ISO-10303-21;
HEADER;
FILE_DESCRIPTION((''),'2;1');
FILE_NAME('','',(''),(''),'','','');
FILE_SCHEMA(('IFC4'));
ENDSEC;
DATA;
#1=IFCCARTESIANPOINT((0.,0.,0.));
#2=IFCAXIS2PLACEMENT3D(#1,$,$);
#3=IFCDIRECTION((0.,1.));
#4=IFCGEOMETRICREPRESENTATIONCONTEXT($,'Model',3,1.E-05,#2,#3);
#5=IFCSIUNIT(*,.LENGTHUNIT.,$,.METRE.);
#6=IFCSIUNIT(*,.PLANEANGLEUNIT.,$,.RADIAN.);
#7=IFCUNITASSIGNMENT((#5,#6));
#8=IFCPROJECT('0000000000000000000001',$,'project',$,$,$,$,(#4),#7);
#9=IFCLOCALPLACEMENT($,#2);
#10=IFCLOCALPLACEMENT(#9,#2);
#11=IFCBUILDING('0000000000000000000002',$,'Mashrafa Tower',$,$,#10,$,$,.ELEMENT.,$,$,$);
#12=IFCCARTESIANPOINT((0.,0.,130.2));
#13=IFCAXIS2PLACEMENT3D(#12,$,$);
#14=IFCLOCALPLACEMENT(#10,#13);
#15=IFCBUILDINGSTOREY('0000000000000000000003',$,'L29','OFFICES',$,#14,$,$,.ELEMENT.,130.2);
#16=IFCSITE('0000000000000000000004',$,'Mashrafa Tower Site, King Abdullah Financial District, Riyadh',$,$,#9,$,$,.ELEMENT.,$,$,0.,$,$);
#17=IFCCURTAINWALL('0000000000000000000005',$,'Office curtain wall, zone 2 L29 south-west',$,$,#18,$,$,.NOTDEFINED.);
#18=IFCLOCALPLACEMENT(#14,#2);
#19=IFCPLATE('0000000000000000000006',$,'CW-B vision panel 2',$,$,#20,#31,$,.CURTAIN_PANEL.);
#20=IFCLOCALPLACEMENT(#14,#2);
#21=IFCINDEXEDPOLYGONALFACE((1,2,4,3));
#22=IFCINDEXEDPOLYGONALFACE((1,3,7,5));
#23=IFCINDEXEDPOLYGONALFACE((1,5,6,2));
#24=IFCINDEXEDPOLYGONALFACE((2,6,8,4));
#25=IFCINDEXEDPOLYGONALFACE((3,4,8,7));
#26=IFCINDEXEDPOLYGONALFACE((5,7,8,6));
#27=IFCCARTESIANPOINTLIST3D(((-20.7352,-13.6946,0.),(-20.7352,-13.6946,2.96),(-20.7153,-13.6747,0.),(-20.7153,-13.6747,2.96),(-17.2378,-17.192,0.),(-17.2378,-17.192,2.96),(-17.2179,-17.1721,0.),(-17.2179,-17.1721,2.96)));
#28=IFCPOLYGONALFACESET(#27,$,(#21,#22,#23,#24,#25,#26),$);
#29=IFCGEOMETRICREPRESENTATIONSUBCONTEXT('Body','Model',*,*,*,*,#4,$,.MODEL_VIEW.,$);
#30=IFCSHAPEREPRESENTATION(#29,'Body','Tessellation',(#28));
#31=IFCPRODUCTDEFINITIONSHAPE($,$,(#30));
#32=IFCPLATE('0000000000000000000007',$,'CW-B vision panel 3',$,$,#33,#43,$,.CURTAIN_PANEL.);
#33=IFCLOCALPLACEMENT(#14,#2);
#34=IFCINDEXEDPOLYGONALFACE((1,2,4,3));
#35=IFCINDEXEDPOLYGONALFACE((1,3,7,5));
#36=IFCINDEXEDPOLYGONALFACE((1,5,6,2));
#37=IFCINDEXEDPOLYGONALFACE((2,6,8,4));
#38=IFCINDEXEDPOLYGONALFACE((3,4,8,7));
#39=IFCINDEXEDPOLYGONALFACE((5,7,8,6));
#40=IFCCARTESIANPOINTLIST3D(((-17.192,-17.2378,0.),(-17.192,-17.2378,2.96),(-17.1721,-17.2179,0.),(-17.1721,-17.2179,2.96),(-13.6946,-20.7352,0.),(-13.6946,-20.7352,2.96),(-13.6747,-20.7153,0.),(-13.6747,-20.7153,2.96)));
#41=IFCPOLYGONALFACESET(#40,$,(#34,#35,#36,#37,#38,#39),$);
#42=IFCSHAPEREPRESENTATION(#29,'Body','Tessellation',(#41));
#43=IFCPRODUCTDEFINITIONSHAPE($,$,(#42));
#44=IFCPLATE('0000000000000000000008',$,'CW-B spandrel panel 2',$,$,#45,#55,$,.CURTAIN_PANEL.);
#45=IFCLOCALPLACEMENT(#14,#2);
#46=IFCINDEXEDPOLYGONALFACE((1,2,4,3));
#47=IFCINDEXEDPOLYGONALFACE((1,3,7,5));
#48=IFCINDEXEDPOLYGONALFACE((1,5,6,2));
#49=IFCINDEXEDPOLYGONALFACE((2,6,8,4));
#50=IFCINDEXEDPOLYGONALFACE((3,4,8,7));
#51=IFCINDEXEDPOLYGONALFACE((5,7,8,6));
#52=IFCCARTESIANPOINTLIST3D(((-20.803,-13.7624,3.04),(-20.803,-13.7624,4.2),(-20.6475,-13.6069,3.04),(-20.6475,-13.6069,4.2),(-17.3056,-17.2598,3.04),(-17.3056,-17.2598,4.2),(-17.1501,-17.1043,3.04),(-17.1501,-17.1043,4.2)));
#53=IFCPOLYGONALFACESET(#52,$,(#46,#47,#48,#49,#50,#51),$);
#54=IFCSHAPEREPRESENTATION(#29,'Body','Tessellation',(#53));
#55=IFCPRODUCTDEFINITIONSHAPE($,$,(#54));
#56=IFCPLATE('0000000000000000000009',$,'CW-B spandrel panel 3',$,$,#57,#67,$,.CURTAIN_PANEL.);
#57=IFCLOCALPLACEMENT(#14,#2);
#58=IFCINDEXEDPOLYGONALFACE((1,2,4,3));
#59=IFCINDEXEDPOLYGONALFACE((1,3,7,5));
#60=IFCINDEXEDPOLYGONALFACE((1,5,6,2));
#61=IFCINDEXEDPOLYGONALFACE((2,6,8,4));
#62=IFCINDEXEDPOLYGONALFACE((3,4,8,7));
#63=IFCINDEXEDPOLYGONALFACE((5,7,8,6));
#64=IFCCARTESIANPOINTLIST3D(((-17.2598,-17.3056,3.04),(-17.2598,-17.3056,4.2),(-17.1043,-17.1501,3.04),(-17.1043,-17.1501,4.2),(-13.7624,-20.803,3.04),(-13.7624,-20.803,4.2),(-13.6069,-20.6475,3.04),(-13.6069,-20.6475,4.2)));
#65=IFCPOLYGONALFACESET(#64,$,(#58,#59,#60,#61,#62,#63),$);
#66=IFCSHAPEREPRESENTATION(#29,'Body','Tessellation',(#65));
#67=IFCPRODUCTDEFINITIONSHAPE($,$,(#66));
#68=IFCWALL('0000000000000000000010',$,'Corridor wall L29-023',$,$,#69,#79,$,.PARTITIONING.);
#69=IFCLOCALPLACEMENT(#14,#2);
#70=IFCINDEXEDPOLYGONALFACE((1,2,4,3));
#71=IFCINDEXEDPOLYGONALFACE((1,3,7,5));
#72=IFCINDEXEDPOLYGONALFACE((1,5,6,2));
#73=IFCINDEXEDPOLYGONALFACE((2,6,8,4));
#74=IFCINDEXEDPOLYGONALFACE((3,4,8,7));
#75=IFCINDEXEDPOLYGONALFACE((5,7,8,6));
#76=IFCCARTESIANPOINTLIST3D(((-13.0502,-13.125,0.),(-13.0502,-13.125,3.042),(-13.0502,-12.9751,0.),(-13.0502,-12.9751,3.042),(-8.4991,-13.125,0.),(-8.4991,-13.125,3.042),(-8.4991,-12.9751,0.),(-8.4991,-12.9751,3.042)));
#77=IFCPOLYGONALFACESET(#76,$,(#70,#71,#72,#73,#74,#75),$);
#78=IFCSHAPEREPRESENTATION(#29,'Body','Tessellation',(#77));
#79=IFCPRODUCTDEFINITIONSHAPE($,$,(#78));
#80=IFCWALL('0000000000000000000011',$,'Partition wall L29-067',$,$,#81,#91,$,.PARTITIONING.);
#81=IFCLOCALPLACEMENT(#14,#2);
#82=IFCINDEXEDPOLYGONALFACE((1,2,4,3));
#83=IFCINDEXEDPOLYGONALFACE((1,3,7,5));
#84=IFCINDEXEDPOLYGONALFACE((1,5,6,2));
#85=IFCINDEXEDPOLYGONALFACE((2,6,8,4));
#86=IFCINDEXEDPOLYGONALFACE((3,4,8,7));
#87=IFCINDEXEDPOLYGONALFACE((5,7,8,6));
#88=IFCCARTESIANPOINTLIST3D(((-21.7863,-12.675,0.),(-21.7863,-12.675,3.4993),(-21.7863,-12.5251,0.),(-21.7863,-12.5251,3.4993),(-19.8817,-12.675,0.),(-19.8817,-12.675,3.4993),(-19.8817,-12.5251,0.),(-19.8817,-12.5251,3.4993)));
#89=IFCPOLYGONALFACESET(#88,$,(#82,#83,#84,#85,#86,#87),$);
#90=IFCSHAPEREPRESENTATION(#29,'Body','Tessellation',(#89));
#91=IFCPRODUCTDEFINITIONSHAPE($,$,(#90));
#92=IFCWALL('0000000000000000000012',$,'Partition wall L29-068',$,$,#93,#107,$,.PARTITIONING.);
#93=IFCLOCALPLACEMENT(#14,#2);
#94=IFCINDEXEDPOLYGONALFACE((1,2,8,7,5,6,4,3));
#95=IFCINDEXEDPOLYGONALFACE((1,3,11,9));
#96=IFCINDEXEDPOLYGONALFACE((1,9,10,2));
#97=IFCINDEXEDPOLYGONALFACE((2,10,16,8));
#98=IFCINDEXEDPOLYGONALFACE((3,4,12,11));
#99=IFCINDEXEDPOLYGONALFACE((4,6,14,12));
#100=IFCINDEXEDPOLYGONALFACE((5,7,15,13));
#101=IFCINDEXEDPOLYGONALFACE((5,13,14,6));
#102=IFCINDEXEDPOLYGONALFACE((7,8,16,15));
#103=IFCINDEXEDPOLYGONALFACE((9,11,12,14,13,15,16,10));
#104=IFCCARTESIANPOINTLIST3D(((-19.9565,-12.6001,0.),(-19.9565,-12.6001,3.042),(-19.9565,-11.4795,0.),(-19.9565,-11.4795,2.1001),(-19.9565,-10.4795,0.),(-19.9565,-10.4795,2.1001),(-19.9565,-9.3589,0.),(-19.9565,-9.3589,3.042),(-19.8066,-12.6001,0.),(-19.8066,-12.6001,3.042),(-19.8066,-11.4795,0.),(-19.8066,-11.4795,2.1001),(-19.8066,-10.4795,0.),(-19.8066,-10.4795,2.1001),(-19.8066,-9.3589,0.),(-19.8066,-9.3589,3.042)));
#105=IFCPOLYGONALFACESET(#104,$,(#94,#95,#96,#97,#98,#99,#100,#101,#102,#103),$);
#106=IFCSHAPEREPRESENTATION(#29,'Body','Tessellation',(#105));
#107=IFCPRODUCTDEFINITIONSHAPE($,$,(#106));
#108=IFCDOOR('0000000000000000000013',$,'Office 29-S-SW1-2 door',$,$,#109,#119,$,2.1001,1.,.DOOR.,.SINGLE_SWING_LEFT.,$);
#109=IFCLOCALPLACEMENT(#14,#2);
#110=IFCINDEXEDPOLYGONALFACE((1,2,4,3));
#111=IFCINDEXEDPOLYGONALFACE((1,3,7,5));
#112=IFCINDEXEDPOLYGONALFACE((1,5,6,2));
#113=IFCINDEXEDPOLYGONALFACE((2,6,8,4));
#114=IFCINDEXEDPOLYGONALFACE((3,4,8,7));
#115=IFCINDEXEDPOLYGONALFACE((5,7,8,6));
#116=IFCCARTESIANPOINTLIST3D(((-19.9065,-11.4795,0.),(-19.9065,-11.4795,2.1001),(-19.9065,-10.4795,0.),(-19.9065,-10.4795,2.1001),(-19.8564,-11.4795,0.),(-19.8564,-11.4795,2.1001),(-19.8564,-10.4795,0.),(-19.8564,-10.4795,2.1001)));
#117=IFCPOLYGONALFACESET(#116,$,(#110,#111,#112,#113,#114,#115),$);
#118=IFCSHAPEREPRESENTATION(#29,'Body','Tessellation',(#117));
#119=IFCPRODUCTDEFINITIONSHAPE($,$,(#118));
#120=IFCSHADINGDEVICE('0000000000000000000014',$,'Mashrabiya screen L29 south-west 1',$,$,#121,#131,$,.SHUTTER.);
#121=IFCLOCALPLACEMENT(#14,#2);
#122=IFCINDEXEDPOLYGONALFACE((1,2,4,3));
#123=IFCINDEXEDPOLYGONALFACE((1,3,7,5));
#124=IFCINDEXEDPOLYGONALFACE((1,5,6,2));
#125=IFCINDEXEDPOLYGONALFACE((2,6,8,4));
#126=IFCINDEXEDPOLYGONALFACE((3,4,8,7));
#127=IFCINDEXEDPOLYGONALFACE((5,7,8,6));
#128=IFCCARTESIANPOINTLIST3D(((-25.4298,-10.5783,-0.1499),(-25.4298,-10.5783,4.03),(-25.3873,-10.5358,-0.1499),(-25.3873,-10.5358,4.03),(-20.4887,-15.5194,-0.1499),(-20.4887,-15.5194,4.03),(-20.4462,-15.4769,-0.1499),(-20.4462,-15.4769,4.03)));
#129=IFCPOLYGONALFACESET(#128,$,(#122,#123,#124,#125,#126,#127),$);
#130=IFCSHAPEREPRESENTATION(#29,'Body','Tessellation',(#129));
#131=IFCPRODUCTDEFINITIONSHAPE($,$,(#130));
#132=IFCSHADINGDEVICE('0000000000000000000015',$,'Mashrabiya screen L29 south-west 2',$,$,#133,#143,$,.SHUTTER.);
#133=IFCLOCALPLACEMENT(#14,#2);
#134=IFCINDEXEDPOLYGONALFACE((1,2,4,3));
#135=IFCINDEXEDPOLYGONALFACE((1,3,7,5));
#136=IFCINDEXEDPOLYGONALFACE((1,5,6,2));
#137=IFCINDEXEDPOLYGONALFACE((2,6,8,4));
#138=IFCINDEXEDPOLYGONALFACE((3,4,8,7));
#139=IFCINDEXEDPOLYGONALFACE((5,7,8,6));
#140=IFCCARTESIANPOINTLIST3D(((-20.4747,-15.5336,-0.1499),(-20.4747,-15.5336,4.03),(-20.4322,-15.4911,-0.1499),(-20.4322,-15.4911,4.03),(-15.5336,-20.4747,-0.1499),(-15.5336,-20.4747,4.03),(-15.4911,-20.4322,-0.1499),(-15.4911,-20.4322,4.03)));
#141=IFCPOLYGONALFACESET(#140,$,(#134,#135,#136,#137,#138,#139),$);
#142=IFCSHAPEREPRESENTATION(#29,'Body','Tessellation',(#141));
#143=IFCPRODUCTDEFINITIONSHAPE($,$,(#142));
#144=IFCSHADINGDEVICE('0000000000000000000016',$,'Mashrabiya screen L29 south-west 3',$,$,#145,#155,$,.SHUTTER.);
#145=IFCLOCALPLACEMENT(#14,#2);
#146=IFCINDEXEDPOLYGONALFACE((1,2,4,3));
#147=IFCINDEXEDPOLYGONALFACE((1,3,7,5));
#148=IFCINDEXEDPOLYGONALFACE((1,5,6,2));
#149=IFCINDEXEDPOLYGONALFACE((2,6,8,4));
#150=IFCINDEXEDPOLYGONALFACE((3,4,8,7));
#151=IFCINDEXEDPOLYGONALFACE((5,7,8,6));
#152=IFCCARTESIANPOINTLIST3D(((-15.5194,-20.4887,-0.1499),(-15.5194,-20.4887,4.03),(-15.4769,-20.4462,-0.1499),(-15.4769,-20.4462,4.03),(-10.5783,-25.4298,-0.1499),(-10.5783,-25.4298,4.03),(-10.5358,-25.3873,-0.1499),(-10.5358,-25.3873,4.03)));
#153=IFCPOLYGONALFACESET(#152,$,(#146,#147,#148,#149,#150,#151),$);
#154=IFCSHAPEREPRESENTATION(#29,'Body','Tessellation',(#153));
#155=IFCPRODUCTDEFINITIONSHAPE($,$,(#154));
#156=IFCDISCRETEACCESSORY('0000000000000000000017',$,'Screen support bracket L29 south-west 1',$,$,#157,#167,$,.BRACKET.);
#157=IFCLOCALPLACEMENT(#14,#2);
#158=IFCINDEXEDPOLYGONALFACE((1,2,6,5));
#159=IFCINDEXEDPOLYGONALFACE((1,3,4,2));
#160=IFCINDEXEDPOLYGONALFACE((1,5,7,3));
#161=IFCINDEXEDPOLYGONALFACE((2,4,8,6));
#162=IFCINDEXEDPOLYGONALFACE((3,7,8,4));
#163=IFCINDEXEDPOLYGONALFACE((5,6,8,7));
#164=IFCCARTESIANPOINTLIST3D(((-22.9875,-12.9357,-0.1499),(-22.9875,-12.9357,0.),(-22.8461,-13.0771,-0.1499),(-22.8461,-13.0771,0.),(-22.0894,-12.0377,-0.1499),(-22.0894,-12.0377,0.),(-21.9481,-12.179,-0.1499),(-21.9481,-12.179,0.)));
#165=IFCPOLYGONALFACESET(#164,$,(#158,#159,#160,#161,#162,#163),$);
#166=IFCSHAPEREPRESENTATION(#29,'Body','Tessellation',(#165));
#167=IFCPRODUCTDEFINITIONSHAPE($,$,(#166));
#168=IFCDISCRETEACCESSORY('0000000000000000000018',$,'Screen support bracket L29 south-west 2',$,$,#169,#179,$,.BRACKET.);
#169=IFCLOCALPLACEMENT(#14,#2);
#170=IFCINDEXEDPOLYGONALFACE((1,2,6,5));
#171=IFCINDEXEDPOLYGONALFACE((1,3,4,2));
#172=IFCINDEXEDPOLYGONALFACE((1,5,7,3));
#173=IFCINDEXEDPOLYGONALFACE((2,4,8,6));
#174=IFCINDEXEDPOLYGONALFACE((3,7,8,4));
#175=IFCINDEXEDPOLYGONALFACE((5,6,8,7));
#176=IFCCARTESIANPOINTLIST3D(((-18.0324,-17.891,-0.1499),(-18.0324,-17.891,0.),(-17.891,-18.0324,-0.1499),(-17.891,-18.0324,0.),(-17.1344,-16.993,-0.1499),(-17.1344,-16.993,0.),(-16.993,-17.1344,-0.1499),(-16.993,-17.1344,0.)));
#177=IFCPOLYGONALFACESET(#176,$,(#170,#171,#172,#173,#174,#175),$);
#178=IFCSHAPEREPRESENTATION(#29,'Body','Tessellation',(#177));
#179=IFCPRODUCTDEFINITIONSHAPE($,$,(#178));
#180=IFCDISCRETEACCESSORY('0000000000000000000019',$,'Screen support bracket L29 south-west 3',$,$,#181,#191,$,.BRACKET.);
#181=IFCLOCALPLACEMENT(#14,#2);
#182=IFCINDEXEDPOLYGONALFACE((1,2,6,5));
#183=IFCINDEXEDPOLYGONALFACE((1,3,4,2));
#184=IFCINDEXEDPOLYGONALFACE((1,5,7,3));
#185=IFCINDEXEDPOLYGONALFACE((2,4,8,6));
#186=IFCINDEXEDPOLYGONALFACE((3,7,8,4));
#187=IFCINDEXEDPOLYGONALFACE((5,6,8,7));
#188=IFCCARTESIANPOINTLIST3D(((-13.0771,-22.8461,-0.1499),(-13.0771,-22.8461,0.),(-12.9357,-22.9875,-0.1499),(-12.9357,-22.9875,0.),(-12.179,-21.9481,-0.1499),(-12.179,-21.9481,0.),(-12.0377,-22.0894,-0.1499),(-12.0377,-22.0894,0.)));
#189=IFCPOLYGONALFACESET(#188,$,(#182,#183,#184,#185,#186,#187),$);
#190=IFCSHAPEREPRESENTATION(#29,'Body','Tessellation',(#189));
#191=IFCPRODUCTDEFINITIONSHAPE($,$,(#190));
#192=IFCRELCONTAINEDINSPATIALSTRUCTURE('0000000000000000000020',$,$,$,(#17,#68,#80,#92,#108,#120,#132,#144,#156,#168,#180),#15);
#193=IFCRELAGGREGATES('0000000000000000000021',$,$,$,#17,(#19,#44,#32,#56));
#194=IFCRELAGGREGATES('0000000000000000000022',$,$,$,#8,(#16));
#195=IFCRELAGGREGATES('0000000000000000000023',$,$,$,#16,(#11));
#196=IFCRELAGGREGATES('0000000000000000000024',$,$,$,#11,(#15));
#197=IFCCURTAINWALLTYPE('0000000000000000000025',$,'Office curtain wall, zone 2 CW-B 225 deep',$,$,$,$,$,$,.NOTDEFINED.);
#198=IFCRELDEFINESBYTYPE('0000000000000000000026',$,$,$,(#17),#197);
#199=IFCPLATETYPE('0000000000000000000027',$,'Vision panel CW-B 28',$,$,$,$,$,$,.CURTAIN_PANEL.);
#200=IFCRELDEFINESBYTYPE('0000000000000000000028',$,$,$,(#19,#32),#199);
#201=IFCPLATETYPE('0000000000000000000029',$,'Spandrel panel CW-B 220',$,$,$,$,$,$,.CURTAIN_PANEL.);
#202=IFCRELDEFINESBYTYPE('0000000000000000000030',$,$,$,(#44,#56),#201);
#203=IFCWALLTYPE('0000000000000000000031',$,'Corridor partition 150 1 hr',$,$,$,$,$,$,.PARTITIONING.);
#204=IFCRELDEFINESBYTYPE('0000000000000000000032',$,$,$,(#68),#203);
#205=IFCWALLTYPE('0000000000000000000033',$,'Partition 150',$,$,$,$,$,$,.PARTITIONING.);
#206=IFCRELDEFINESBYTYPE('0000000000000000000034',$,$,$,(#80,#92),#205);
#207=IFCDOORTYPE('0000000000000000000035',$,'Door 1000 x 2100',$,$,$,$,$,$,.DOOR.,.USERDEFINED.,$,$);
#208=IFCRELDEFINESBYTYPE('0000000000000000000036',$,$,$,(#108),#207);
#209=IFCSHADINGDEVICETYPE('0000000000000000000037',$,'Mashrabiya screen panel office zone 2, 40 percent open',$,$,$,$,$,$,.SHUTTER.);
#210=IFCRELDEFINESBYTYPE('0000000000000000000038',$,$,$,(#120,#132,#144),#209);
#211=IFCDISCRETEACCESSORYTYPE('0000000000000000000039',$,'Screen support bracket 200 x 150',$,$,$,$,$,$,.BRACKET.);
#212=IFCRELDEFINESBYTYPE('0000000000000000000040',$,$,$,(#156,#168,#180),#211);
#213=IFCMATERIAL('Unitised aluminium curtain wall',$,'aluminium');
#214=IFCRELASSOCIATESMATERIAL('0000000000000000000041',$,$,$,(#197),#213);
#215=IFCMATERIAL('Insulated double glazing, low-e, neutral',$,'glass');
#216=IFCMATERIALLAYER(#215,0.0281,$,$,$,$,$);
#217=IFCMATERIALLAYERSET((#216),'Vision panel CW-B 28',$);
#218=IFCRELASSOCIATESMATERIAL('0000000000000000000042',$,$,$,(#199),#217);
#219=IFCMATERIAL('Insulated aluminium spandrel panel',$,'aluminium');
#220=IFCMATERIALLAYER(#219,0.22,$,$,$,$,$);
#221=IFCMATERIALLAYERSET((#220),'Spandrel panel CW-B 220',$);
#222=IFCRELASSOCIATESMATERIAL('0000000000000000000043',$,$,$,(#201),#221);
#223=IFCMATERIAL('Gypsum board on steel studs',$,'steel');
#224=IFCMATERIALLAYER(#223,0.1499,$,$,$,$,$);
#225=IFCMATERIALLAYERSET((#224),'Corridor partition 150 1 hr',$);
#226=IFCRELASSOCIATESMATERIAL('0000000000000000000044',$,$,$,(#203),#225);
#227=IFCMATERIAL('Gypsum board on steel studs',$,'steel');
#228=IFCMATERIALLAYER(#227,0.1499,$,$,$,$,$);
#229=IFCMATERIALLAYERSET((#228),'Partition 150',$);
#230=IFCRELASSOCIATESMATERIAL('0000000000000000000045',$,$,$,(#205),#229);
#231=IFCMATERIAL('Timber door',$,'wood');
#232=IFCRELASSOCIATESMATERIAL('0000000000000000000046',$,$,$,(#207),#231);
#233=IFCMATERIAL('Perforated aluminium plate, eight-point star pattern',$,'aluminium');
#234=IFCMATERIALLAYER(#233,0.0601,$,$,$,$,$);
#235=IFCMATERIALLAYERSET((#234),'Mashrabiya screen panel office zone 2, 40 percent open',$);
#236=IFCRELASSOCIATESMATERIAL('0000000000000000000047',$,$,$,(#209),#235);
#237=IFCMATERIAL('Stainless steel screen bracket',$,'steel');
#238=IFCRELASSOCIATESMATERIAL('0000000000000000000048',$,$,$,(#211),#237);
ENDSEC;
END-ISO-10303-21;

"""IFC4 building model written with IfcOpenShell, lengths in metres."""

from ifc_helpers import new_model, si_unit, direction, frame, frame_2d, origin, origin_2d, place, context, subcontext, project, spatial, rectangle, extrude, source, transform, mapped, material, layer, layer_set, type_object, type_shapes, element, fill, aggregate, save


model = new_model("IFC4")

# Units and contexts
model_context = context("Model", 3, precision=1e-05, world=origin(), true_north=direction((0.0, 1.0)))
body_context = subcontext(model_context, "Body", "Model", "MODEL_VIEW")
ifc_project = project(units=[si_unit("LENGTHUNIT", "METRE"), si_unit("PLANEANGLEUNIT", "RADIAN")], contexts=[model_context])

# Site, building, storey
site_placement = place(None, origin())
site = spatial("IfcSite", under=ifc_project, at=site_placement, Name="Mashrafa Tower Site, King Abdullah Financial District, Riyadh", CompositionType="ELEMENT", RefElevation=0.0)
building_placement = place(site_placement, origin())
building = spatial("IfcBuilding", under=site, at=building_placement, Name="Mashrafa Tower", CompositionType="ELEMENT")
storey_placement = place(building_placement, frame((0.0, 0.0, 130.2)))
storey = spatial("IfcBuildingStorey", under=building, at=storey_placement, Name="L29", Description="OFFICES", CompositionType="ELEMENT", Elevation=130.2)

# Curtain wall, plates
ifc_material_1 = material(Name="Unitised aluminium curtain wall", Category="aluminium")
curtain_wall_type = type_object("IfcCurtainWallType", Name="Office curtain wall, zone 2 CW-B 225 deep", PredefinedType="NOTDEFINED", material=ifc_material_1)
curtain_wall_placement = place(storey_placement, origin())
curtain_wall = element("IfcCurtainWall", 1, at=curtain_wall_placement, inside=storey, type_object=curtain_wall_type, Name="Office curtain wall, zone 2 L29 south-west", PredefinedType="NOTDEFINED")
ifc_material_2 = material(Name="Insulated double glazing, low-e, neutral", Category="glass")
ifc_layer_1 = layer(ifc_material_2, 0.0281)
ifc_layer_set_1 = layer_set([ifc_layer_1], Name="Vision panel CW-B 28")
plate_type_1 = type_object("IfcPlateType", Name="Vision panel CW-B 28", PredefinedType="CURTAIN_PANEL", material=ifc_layer_set_1)
ifc_material_3 = material(Name="Insulated aluminium spandrel panel", Category="aluminium")
ifc_layer_2 = layer(ifc_material_3, 0.22)
ifc_layer_set_2 = layer_set([ifc_layer_2], Name="Spandrel panel CW-B 220")
plate_type_2 = type_object("IfcPlateType", Name="Spandrel panel CW-B 220", PredefinedType="CURTAIN_PANEL", material=ifc_layer_set_2)
shared_shape_1 = source(origin(), body_context, "Body", "SweptSolid", [
    extrude(rectangle(XDim=4.946, YDim=0.0281, at=origin_2d()), origin(), (0.0, 0.0, 1.0), 2.96),
])
plate_1_placement = place(storey_placement, frame((-18.9766, -15.4333, 0.0), z_axis=(0.0, 0.0, 1.0), x_axis=(0.707107, -0.707107, 0.0)))
plate_1 = element("IfcPlate", 2, at=plate_1_placement, type_object=plate_type_1, Name="CW-B vision panel 2", PredefinedType="CURTAIN_PANEL", context=body_context, shape_type="MappedRepresentation", body=[
    mapped(shared_shape_1, transform((0.0, 0.0, 0.0))),
])
plate_2_placement = place(storey_placement, frame((-15.4333, -18.9766, 0.0), z_axis=(0.0, 0.0, 1.0), x_axis=(0.707107, -0.707107, 0.0)))
plate_2 = element("IfcPlate", 3, at=plate_2_placement, type_object=plate_type_1, Name="CW-B vision panel 3", PredefinedType="CURTAIN_PANEL", context=body_context, shape_type="MappedRepresentation", body=[
    mapped(shared_shape_1, transform((0.0, 0.0, 0.0))),
])
shared_shape_2 = source(origin(), body_context, "Body", "SweptSolid", [
    extrude(rectangle(XDim=4.946, YDim=0.22, at=origin_2d()), origin(), (0.0, 0.0, 1.0), 1.1599),
])
plate_3_placement = place(storey_placement, frame((-18.9766, -15.4333, 3.04), z_axis=(0.0, 0.0, 1.0), x_axis=(0.707107, -0.707107, 0.0)))
plate_3 = element("IfcPlate", 4, at=plate_3_placement, type_object=plate_type_2, Name="CW-B spandrel panel 2", PredefinedType="CURTAIN_PANEL", context=body_context, shape_type="MappedRepresentation", body=[
    mapped(shared_shape_2, transform((0.0, 0.0, 0.0))),
])
plate_4_placement = place(storey_placement, frame((-15.4333, -18.9766, 3.04), z_axis=(0.0, 0.0, 1.0), x_axis=(0.707107, -0.707107, 0.0)))
plate_4 = element("IfcPlate", 5, at=plate_4_placement, type_object=plate_type_2, Name="CW-B spandrel panel 3", PredefinedType="CURTAIN_PANEL", context=body_context, shape_type="MappedRepresentation", body=[
    mapped(shared_shape_2, transform((0.0, 0.0, 0.0))),
])
aggregate(curtain_wall, [plate_1, plate_3, plate_2, plate_4])

# Walls
ifc_material_4 = material(Name="Gypsum board on steel studs", Category="steel")
ifc_layer_3 = layer(ifc_material_4, 0.1499)
ifc_layer_set_3 = layer_set([ifc_layer_3], Name="Corridor partition 150 1 hr")
wall_type_1 = type_object("IfcWallType", Name="Corridor partition 150 1 hr", PredefinedType="PARTITIONING", material=ifc_layer_set_3)
wall_1_placement = place(storey_placement, frame((-13.05, -13.05, 0.0), z_axis=(0.0, 0.0, 1.0), x_axis=(1.0, 0.0, 0.0)))
element("IfcWall", 6, at=wall_1_placement, inside=storey, type_object=wall_type_1, Name="Corridor wall L29-023", PredefinedType="PARTITIONING", context=body_context, shape_type="SweptSolid", body=[
    extrude(rectangle(XDim=4.551, YDim=0.1499, at=frame_2d((2.2754, 0.0))), origin(), (0.0, 0.0, 1.0), 3.042),
])
ifc_material_5 = material(Name="Gypsum board on steel studs", Category="steel")
ifc_layer_4 = layer(ifc_material_5, 0.1499)
ifc_layer_set_4 = layer_set([ifc_layer_4], Name="Partition 150")
wall_type_2 = type_object("IfcWallType", Name="Partition 150", PredefinedType="PARTITIONING", material=ifc_layer_set_4)
wall_2_placement = place(storey_placement, frame((-21.7861, -12.6001, 0.0), z_axis=(0.0, 0.0, 1.0), x_axis=(1.0, 0.0, 0.0)))
element("IfcWall", 7, at=wall_2_placement, inside=storey, type_object=wall_type_2, Name="Partition wall L29-067", PredefinedType="PARTITIONING", context=body_context, shape_type="SweptSolid", body=[
    extrude(rectangle(XDim=1.9045, YDim=0.1499, at=frame_2d((0.9521, 0.0))), origin(), (0.0, 0.0, 1.0), 3.4993),
])

# Wall, opening, door
wall_3_placement = place(storey_placement, frame((-19.8816, -12.6001, 0.0), z_axis=(0.0, 0.0, 1.0), x_axis=(0.0, 1.0, 0.0)))
wall_3 = element("IfcWall", 8, at=wall_3_placement, inside=storey, type_object=wall_type_2, Name="Partition wall L29-068", PredefinedType="PARTITIONING", context=body_context, shape_type="SweptSolid", body=[
    extrude(rectangle(XDim=3.2412, YDim=0.1499, at=frame_2d((1.6206, 0.0))), origin(), (0.0, 0.0, 1.0), 3.042),
])
opening_placement = place(wall_3_placement, frame((1.1206, 0.0, 0.0)))
opening = element("IfcOpeningElement", 9, at=opening_placement, cuts=wall_3, PredefinedType="OPENING", context=body_context, shape_type="SweptSolid", body=[
    extrude(rectangle(XDim=1.0, YDim=2.1001, at=frame_2d((0.5, 1.05))), frame((0.0, 0.085, 0.0), z_axis=(0.0, -1.0, 0.0), x_axis=(1.0, 0.0, 0.0)), (0.0, 0.0, 1.0), 0.1699),
])
ifc_material_6 = material(Name="Timber door", Category="wood")
door_type = type_object("IfcDoorType", Name="Door 1000 x 2100", OperationType="USERDEFINED", PredefinedType="DOOR", material=ifc_material_6)
door_placement = place(opening_placement, origin())
door = element("IfcDoor", 10, at=door_placement, inside=storey, type_object=door_type, Name="Office 29-S-SW1-2 door", OperationType="SINGLE_SWING_LEFT", OverallHeight=2.1001, OverallWidth=1.0, PredefinedType="DOOR", context=body_context, shape_type="SweptSolid", body=[
    extrude(rectangle(XDim=1.0, YDim=2.1001, at=frame_2d((0.5, 1.05))), frame((0.0, 0.0249, 0.0), z_axis=(0.0, -1.0, 0.0), x_axis=(1.0, 0.0, 0.0)), (0.0, 0.0, 1.0), 0.05),
])
fill(opening, door)

# Shading devices
ifc_material_7 = material(Name="Perforated aluminium plate, eight-point star pattern", Category="aluminium")
ifc_layer_5 = layer(ifc_material_7, 0.0601)
ifc_layer_set_5 = layer_set([ifc_layer_5], Name="Mashrabiya screen panel office zone 2, 40 percent open")
shading_device_type = type_object("IfcShadingDeviceType", Name="Mashrabiya screen panel office zone 2, 40 percent open", PredefinedType="SHUTTER", material=ifc_layer_set_5)
shared_shape_3 = source(origin(), body_context, "Body", "SweptSolid", [
    extrude(rectangle(XDim=6.9878, YDim=0.0601, at=origin_2d()), origin(), (0.0, 0.0, 1.0), 4.1799),
])
type_shapes(shading_device_type, [shared_shape_3])
for number, where, z_axis, x_axis, name in (
    (11, (-22.938, -13.0276, -0.1499), (0.0, 0.0, 1.0), (0.707107, -0.707107, 0.0), "Mashrabiya screen L29 south-west 1"),
    (12, (-17.9829, -17.9829, -0.1499), (0.0, 0.0, 1.0), (0.707107, -0.707107, 0.0), "Mashrabiya screen L29 south-west 2"),
    (13, (-13.0276, -22.938, -0.1499), (0.0, 0.0, 1.0), (0.707107, -0.707107, 0.0), "Mashrabiya screen L29 south-west 3"),
):
    element("IfcShadingDevice", number, at=place(storey_placement, frame(where, z_axis=z_axis, x_axis=x_axis)), inside=storey, type_object=shading_device_type, Name=name, PredefinedType="SHUTTER", context=body_context, shape_type="MappedRepresentation", body=[
        mapped(shared_shape_3, transform((0.0, 0.0, 0.0))),
    ])

# Discrete accessories
ifc_material_8 = material(Name="Stainless steel screen bracket", Category="steel")
discrete_accessory_type = type_object("IfcDiscreteAccessoryType", Name="Screen support bracket 200 x 150", PredefinedType="BRACKET", material=ifc_material_8)
shared_shape_4 = source(origin(), body_context, "Body", "SweptSolid", [
    extrude(rectangle(XDim=0.2, YDim=1.27, at=origin_2d()), origin(), (0.0, 0.0, 1.0), 0.1499),
])
type_shapes(discrete_accessory_type, [shared_shape_4])
for number, where, z_axis, x_axis, name in (
    (14, (-22.4678, -12.5574, -0.1499), (0.0, 0.0, 1.0), (0.707107, -0.707107, 0.0), "Screen support bracket L29 south-west 1"),
    (15, (-17.5127, -17.5127, -0.1499), (0.0, 0.0, 1.0), (0.707107, -0.707107, 0.0), "Screen support bracket L29 south-west 2"),
    (16, (-12.5574, -22.4678, -0.1499), (0.0, 0.0, 1.0), (0.707107, -0.707107, 0.0), "Screen support bracket L29 south-west 3"),
):
    element("IfcDiscreteAccessory", number, at=place(storey_placement, frame(where, z_axis=z_axis, x_axis=x_axis)), inside=storey, type_object=discrete_accessory_type, Name=name, PredefinedType="BRACKET", context=body_context, shape_type="MappedRepresentation", body=[
        mapped(shared_shape_4, transform((0.0, 0.0, 0.0))),
    ])

save(model, "model.ifc")
